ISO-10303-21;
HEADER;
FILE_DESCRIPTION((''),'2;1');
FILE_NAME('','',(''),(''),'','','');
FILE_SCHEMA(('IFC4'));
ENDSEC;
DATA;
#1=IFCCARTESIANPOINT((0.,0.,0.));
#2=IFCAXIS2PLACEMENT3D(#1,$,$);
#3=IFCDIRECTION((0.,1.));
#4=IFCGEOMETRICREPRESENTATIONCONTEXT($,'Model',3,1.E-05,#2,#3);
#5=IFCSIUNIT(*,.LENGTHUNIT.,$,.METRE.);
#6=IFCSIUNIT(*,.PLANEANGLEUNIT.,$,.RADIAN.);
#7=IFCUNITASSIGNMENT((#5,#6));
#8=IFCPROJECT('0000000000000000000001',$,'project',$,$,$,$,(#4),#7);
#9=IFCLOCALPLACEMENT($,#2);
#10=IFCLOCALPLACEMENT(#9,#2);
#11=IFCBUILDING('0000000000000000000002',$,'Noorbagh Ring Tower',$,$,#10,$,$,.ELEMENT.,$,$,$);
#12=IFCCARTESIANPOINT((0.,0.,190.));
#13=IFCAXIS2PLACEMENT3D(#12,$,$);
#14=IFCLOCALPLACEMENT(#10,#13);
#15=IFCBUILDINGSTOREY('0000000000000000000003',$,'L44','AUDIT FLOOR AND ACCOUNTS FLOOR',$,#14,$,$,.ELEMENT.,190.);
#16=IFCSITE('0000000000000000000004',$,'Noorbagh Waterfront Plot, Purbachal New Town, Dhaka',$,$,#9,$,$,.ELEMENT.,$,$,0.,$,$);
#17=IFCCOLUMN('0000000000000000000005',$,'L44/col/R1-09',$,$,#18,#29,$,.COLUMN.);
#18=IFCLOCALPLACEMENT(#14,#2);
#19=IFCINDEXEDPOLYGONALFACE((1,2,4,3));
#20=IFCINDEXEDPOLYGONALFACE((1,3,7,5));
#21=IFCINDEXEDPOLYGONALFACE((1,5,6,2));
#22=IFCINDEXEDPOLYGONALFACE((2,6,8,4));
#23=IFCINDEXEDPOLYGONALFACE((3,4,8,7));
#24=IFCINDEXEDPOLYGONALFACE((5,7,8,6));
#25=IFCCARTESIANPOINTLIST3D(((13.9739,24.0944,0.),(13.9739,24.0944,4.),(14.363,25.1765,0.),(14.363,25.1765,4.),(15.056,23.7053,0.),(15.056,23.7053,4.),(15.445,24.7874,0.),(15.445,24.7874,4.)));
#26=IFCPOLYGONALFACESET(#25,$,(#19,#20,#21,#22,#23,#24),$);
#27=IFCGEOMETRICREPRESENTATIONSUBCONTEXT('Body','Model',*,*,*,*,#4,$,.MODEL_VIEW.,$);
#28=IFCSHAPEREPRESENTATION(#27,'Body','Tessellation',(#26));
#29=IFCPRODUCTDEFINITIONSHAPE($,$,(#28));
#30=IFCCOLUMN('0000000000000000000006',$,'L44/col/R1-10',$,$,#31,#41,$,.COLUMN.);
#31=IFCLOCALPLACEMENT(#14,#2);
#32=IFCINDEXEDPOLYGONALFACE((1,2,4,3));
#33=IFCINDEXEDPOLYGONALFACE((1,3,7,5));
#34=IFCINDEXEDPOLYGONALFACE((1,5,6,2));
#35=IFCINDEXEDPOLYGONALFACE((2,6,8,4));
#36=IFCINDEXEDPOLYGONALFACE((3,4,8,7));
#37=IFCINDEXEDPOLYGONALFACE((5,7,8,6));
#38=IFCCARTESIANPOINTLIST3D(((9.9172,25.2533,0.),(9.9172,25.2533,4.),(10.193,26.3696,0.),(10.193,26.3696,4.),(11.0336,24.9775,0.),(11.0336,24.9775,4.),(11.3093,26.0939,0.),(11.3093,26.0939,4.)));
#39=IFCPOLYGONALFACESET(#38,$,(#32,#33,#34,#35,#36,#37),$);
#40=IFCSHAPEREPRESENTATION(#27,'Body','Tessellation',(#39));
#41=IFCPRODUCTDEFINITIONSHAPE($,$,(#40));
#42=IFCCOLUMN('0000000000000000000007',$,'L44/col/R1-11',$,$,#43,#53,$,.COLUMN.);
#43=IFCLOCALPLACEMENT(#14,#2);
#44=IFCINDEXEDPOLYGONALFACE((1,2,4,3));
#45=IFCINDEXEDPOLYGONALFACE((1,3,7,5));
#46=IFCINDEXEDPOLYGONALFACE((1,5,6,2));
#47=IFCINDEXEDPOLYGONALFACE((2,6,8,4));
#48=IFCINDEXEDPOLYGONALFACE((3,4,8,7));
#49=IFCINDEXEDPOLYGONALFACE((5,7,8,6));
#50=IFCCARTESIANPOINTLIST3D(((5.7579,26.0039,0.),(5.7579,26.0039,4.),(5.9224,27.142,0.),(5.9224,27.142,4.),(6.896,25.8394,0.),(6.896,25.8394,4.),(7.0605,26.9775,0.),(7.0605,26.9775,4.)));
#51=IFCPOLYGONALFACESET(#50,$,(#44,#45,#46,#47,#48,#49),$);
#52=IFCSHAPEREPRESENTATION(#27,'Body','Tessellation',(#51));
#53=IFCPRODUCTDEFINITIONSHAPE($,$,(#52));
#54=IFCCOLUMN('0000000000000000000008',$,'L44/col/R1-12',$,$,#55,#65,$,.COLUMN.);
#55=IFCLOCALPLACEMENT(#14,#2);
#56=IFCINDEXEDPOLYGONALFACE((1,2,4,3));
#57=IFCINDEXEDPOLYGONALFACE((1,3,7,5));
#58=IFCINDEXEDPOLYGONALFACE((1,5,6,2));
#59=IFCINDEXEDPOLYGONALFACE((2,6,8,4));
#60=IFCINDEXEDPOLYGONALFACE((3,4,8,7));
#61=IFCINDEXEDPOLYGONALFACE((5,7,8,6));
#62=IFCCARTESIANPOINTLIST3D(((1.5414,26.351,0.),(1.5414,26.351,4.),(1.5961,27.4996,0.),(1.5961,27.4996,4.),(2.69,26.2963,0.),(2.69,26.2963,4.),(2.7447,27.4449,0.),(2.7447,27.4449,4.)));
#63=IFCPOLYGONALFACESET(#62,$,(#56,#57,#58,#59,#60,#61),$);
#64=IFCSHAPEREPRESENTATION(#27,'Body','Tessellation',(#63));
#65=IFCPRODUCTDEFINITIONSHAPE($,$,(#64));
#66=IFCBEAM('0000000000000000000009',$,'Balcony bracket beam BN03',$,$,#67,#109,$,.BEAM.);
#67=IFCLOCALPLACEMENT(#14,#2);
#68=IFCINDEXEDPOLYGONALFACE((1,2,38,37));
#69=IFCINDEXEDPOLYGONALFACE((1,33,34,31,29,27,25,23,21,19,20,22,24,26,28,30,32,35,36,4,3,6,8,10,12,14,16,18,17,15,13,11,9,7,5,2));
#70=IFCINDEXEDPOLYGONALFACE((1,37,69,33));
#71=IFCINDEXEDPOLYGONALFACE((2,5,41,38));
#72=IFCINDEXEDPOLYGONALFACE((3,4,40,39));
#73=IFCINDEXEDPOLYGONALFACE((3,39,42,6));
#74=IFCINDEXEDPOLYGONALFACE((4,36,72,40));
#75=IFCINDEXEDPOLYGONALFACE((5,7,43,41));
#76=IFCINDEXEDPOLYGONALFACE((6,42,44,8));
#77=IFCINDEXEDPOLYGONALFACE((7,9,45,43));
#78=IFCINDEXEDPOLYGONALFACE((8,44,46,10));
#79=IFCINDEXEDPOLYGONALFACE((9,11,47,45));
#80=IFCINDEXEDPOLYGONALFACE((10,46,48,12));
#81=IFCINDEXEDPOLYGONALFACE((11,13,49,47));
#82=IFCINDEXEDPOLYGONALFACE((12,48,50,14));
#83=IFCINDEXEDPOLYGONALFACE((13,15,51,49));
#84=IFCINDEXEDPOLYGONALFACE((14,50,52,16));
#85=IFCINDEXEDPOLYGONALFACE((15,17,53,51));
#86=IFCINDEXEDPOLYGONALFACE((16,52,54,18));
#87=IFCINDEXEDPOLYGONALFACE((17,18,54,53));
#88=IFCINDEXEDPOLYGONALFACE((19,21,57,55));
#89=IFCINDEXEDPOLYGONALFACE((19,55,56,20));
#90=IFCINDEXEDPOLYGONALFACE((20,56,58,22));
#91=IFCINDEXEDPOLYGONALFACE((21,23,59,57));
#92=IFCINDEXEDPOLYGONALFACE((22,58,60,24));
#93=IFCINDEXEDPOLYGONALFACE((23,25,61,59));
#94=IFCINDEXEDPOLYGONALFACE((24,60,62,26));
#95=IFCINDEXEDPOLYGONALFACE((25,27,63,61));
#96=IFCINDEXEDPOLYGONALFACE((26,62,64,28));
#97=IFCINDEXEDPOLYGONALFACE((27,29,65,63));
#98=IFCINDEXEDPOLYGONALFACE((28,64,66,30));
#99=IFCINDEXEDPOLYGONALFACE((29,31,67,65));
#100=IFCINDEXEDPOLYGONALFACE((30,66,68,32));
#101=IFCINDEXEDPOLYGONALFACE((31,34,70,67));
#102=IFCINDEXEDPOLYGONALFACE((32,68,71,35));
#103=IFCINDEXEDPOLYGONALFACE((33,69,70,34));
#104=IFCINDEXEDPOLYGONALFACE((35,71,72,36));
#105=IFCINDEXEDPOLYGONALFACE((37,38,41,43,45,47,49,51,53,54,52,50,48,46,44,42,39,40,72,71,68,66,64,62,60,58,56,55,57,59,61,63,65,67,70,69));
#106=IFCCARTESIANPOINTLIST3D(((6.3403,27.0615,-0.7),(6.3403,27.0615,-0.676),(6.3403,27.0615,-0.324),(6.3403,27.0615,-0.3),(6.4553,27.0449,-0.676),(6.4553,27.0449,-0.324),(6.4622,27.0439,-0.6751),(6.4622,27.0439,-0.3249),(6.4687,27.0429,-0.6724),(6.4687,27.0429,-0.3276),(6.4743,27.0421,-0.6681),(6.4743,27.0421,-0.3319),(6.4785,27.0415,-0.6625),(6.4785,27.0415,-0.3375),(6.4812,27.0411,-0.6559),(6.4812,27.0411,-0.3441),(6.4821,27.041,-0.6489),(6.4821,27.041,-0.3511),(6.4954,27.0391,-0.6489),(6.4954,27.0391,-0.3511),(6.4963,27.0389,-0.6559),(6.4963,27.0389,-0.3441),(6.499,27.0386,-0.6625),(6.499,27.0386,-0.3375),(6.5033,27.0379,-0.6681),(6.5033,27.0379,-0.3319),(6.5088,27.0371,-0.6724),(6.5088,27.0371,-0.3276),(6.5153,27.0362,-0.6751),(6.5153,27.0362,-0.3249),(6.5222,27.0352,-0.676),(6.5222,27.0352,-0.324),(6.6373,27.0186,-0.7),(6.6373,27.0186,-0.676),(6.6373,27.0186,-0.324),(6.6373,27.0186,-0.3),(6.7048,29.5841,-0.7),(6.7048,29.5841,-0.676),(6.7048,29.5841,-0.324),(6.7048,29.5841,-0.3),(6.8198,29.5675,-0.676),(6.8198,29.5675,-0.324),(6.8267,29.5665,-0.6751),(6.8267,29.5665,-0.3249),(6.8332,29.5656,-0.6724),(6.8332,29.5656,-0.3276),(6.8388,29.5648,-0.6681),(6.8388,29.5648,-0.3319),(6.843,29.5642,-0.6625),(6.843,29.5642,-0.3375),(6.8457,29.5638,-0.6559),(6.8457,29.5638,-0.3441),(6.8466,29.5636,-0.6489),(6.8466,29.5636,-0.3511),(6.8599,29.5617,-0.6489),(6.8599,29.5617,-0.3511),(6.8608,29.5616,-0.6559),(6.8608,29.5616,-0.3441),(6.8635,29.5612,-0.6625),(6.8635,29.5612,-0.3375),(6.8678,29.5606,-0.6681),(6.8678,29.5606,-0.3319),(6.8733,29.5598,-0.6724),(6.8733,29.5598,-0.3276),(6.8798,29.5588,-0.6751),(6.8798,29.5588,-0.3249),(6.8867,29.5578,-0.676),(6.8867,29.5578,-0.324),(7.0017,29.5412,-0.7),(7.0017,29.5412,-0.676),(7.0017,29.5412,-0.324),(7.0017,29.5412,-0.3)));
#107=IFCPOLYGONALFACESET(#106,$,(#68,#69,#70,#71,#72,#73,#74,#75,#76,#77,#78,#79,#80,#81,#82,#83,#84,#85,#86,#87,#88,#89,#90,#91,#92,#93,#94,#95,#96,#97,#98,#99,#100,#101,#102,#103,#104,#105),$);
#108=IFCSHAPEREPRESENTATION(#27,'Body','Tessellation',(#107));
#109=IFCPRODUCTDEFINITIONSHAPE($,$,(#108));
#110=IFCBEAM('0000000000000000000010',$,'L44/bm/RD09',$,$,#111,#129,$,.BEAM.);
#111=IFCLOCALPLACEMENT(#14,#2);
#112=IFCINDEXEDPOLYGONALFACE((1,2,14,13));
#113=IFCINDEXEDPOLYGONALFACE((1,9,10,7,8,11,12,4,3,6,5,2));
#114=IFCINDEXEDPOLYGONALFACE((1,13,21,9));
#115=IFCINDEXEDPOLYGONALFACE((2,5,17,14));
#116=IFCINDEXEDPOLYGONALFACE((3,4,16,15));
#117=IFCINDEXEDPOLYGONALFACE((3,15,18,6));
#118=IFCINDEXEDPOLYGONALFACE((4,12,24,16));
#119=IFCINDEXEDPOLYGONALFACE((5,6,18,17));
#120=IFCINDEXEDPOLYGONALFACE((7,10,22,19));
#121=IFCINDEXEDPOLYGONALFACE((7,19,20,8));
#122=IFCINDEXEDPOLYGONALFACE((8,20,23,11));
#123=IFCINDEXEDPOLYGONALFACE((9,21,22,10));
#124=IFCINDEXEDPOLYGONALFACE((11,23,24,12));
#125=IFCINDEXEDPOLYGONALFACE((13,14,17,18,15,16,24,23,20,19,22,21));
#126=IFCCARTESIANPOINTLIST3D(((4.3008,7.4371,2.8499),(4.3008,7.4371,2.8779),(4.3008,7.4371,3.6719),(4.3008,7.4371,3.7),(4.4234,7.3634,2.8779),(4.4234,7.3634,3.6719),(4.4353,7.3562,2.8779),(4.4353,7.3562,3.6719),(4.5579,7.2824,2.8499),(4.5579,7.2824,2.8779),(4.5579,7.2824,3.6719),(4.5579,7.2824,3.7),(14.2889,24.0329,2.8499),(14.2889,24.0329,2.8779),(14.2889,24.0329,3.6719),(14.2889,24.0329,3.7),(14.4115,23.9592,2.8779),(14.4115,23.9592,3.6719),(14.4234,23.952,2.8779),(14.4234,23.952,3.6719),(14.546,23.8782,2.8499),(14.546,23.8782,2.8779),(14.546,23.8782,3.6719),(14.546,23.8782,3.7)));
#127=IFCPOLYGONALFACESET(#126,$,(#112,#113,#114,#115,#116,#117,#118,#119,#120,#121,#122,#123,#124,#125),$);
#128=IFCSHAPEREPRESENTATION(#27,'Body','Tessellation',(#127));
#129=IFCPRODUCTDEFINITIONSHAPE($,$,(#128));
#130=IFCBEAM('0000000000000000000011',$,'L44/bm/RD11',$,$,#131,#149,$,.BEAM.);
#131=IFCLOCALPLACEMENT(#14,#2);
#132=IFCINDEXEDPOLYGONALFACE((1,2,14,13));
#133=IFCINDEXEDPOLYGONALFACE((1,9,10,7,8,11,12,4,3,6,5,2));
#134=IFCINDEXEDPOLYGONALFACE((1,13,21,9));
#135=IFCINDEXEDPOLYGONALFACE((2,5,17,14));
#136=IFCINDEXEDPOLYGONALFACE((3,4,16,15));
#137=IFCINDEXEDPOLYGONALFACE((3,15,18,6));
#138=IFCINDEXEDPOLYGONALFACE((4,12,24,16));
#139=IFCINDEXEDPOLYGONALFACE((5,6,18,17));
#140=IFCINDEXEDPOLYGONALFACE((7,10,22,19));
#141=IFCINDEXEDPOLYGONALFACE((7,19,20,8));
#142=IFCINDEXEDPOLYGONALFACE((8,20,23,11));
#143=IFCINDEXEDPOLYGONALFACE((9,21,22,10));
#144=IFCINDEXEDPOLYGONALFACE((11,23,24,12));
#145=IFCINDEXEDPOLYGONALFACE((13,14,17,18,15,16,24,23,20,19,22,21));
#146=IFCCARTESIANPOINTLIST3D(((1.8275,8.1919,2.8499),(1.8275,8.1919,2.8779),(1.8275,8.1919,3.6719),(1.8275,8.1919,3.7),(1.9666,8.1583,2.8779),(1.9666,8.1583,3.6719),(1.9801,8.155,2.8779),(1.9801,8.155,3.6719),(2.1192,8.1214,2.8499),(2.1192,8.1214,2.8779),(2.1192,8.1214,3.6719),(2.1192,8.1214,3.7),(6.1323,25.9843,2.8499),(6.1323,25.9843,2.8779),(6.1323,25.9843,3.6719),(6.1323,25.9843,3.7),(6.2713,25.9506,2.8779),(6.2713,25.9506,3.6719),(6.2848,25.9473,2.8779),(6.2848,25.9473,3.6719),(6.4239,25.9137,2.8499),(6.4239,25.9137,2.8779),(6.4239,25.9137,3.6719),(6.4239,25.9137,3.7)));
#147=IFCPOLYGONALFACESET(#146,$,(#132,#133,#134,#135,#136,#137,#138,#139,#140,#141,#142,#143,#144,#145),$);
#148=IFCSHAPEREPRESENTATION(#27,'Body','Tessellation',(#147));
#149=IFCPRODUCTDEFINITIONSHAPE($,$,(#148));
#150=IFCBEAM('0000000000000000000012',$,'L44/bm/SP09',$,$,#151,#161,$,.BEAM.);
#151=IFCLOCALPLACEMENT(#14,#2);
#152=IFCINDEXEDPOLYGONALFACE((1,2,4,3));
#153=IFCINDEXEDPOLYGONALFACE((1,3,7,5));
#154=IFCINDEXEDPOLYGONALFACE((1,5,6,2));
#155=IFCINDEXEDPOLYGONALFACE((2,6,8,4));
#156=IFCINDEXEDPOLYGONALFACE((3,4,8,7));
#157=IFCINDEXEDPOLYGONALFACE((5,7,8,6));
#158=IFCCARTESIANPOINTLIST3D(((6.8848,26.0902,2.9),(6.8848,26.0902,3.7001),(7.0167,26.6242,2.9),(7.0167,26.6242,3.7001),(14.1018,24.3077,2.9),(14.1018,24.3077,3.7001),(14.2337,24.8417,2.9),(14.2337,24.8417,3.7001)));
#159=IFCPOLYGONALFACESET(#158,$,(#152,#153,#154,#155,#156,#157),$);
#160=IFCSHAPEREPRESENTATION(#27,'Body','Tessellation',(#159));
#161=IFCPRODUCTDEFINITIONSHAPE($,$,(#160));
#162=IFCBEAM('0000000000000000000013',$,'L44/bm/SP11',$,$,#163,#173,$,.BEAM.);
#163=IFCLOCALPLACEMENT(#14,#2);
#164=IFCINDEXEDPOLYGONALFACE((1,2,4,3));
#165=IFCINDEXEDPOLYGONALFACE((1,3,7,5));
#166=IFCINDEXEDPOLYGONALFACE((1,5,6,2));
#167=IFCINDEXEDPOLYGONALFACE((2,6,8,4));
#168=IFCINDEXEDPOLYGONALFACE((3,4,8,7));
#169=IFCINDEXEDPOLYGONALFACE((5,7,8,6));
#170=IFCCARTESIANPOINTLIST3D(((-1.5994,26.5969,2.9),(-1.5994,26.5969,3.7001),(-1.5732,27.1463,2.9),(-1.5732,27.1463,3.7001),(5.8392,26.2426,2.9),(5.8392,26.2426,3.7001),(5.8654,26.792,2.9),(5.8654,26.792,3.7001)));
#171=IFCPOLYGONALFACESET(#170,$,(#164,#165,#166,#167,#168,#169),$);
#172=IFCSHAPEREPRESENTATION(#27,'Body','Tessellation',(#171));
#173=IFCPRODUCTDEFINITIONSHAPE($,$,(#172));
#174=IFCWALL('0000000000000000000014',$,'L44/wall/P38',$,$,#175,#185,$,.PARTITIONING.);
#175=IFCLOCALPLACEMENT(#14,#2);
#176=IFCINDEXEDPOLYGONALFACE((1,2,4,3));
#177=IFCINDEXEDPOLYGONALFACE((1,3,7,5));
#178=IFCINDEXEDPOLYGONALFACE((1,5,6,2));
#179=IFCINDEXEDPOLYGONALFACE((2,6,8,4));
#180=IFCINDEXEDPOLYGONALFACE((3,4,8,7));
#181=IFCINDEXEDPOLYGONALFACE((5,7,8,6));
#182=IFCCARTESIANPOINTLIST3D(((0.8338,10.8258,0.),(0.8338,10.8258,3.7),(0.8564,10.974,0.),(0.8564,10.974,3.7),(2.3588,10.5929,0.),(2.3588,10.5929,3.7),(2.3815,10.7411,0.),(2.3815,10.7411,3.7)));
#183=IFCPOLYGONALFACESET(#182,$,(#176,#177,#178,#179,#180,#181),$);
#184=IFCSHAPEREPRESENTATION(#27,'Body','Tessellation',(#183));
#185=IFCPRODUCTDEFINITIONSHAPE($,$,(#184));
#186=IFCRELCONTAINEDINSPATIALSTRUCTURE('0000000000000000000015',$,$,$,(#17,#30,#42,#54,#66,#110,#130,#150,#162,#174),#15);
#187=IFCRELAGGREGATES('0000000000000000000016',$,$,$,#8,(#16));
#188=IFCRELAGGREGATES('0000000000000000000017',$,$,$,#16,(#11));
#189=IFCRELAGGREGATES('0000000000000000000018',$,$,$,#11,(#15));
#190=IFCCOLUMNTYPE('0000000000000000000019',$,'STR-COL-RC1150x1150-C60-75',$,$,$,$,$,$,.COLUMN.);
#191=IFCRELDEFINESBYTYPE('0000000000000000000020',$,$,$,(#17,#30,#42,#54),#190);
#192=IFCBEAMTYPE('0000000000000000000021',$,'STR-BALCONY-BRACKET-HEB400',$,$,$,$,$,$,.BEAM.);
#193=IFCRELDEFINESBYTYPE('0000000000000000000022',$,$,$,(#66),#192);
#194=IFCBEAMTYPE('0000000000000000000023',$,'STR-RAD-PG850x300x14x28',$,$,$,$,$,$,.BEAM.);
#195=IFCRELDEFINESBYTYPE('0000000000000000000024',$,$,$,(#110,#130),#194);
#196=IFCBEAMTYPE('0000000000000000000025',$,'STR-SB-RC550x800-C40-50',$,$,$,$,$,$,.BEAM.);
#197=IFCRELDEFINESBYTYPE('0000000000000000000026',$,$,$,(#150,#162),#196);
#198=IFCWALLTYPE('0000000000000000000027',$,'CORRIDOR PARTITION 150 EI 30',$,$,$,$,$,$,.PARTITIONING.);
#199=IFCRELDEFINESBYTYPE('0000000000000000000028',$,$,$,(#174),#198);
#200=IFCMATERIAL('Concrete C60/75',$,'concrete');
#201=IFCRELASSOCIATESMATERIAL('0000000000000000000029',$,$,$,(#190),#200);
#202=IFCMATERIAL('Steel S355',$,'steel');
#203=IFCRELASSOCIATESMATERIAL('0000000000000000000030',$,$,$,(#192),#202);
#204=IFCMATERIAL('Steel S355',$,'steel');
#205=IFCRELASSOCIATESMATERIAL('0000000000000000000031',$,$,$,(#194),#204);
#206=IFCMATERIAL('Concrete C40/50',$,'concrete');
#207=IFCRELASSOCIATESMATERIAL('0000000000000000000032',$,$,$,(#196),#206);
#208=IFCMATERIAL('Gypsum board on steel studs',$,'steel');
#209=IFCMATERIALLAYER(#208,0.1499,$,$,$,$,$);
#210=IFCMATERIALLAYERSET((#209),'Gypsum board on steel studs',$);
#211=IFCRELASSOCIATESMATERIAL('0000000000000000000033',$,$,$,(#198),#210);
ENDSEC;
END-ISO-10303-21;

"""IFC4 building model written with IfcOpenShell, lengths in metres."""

from ifc_helpers import new_model, si_unit, direction, frame, frame_2d, origin, origin_2d, place, context, subcontext, project, spatial, rectangle, i_section, extrude, material, layer, layer_set, material_profile, profile_set, type_object, element, save


model = new_model("IFC4")

# Units and contexts
model_context = context("Model", 3, precision=1e-05, world=origin(), true_north=direction((0.0, 1.0)))
body_context = subcontext(model_context, "Body", "Model", "MODEL_VIEW")
ifc_project = project(units=[si_unit("LENGTHUNIT", "METRE"), si_unit("PLANEANGLEUNIT", "RADIAN")], contexts=[model_context])

# Site, building, storey
site_placement = place(None, origin())
site = spatial("IfcSite", under=ifc_project, at=site_placement, Name="Noorbagh Waterfront Plot, Purbachal New Town, Dhaka", CompositionType="ELEMENT", RefElevation=0.0)
building_placement = place(site_placement, origin())
building = spatial("IfcBuilding", under=site, at=building_placement, Name="Noorbagh Ring Tower", CompositionType="ELEMENT")
storey_placement = place(building_placement, frame((0.0, 0.0, 190.0)))
storey = spatial("IfcBuildingStorey", under=building, at=storey_placement, Name="L44", Description="AUDIT FLOOR AND ACCOUNTS FLOOR", CompositionType="ELEMENT", Elevation=190.0)

# Columns
ifc_material_1 = material(Name="Concrete C60/75", Category="concrete")
ifc_material_profile_1 = material_profile(ifc_material_1, rectangle(XDim=1.1499, YDim=1.1499, at=origin_2d()), Name="RC1150x1150")
ifc_profile_set_1 = profile_set([ifc_material_profile_1], Name="Concrete C60/75")
column_type = type_object("IfcColumnType", Name="STR-COL-RC1150x1150-C60-75", PredefinedType="COLUMN", material=ifc_profile_set_1)
for number, where, z_axis, x_axis, name in (
    (1, (14.7095, 24.4409, 0.0), (0.0, 0.0, 1.0), (-0.941025, 0.338338, 0.0), "L44/col/R1-09"),
    (2, (10.6133, 25.6736, 0.0), (0.0, 0.0, 1.0), (-0.970829, 0.239771, 0.0), "L44/col/R1-10"),
    (3, (6.4092, 26.4907, 0.0), (0.0, 0.0, 1.0), (-0.989713, 0.143066, 0.0), "L44/col/R1-11"),
    (4, (2.1431, 26.8979, 0.0), (0.0, 0.0, 1.0), (-0.998869, 0.047553, 0.0), "L44/col/R1-12"),
):
    element("IfcColumn", number, at=place(storey_placement, frame(where, z_axis=z_axis, x_axis=x_axis)), inside=storey, type_object=column_type, Name=name, PredefinedType="COLUMN", context=body_context, shape_type="SweptSolid", body=[
        extrude(rectangle(XDim=1.1499, YDim=1.1499, at=origin_2d()), origin(), (0.0, 0.0, 1.0), 4.0),
    ])

# Beams
ifc_material_2 = material(Name="Steel S355", Category="steel")
ifc_material_profile_2 = material_profile(ifc_material_2, i_section(OverallWidth=0.3, OverallDepth=0.3999, WebThickness=0.0134, FlangeThickness=0.0239, FilletRadius=0.0271, at=origin_2d()), Name="HEB400")
ifc_profile_set_2 = profile_set([ifc_material_profile_2], Name="Steel S355")
beam_type_1 = type_object("IfcBeamType", Name="STR-BALCONY-BRACKET-HEB400", PredefinedType="BEAM", material=ifc_profile_set_2)
beam_1_placement = place(storey_placement, frame((6.4888, 27.04, -0.5), z_axis=(0.143004, 0.989722, 0.0), x_axis=(-0.989722, 0.143004, 0.0)))
element("IfcBeam", 5, at=beam_1_placement, inside=storey, type_object=beam_type_1, Name="Balcony bracket beam BN03", PredefinedType="BEAM", context=body_context, shape_type="SweptSolid", body=[
    extrude(i_section(OverallWidth=0.3, OverallDepth=0.3999, WebThickness=0.0134, FlangeThickness=0.0239, FilletRadius=0.0271, at=origin_2d()), origin(), (0.0, 0.0, 1.0), 2.5488),
])
ifc_material_3 = material(Name="Steel S355", Category="steel")
ifc_material_profile_3 = material_profile(ifc_material_3, i_section(OverallWidth=0.3, OverallDepth=0.8501, WebThickness=0.0139, FlangeThickness=0.0281, at=origin_2d()), Name="PG850x300x14x28")
ifc_profile_set_3 = profile_set([ifc_material_profile_3], Name="Steel S355")
beam_type_2 = type_object("IfcBeamType", Name="STR-RAD-PG850x300x14x28", PredefinedType="BEAM", material=ifc_profile_set_3)
beam_2_placement = place(storey_placement, frame((14.4175, 23.9556, 3.2749), z_axis=(-0.515657, -0.856795, 0.0), x_axis=(0.856795, -0.515657, 0.0)))
element("IfcBeam", 6, at=beam_2_placement, inside=storey, type_object=beam_type_2, Name="L44/bm/RD09", PredefinedType="BEAM", context=body_context, shape_type="SweptSolid", body=[
    extrude(i_section(OverallWidth=0.3, OverallDepth=0.8501, WebThickness=0.0139, FlangeThickness=0.0281, at=origin_2d()), origin(), (0.0, 0.0, 1.0), 19.3696),
])
beam_3_placement = place(storey_placement, frame((6.2781, 25.949, 3.2749), z_axis=(-0.235157, -0.971957, 0.0), x_axis=(0.971957, -0.235157, 0.0)))
element("IfcBeam", 7, at=beam_3_placement, inside=storey, type_object=beam_type_2, Name="L44/bm/RD11", PredefinedType="BEAM", context=body_context, shape_type="SweptSolid", body=[
    extrude(i_section(OverallWidth=0.3, OverallDepth=0.8501, WebThickness=0.0139, FlangeThickness=0.0281, at=origin_2d()), origin(), (0.0, 0.0, 1.0), 18.3057),
])
ifc_material_4 = material(Name="Concrete C40/50", Category="concrete")
ifc_material_profile_4 = material_profile(ifc_material_4, rectangle(XDim=0.55, YDim=0.8, at=origin_2d()), Name="RC550x800")
ifc_profile_set_4 = profile_set([ifc_material_profile_4], Name="Concrete C40/50")
beam_type_3 = type_object("IfcBeamType", Name="STR-SB-RC550x800-C40-50", PredefinedType="BEAM", material=ifc_profile_set_4)
beam_4_placement = place(storey_placement, frame((14.1677, 24.5747, 3.3), z_axis=(-0.970828, 0.239776, 0.0), x_axis=(-0.239776, -0.970828, 0.0)))
element("IfcBeam", 8, at=beam_4_placement, inside=storey, type_object=beam_type_3, Name="L44/bm/SP09", PredefinedType="BEAM", context=body_context, shape_type="SweptSolid", body=[
    extrude(rectangle(XDim=0.55, YDim=0.8, at=origin_2d()), origin(), (0.0, 0.0, 1.0), 7.4338),
])
beam_5_placement = place(storey_placement, frame((5.8523, 26.5173, 3.3), z_axis=(-0.998868, 0.04757, 0.0), x_axis=(-0.04757, -0.998868, 0.0)))
element("IfcBeam", 9, at=beam_5_placement, inside=storey, type_object=beam_type_3, Name="L44/bm/SP11", PredefinedType="BEAM", context=body_context, shape_type="SweptSolid", body=[
    extrude(rectangle(XDim=0.55, YDim=0.8, at=origin_2d()), origin(), (0.0, 0.0, 1.0), 7.447),
])

# Wall
ifc_material_5 = material(Name="Gypsum board on steel studs", Category="steel")
ifc_layer_1 = layer(ifc_material_5, 0.1499)
ifc_layer_set_1 = layer_set([ifc_layer_1], Name="Gypsum board on steel studs")
wall_type_1 = type_object("IfcWallType", Name="CORRIDOR PARTITION 150 EI 30", PredefinedType="PARTITIONING", material=ifc_layer_set_1)
wall_1_placement = place(storey_placement, frame((0.845, 10.8999, 0.0), z_axis=(0.0, 0.0, 1.0), x_axis=(0.988539, -0.150963, 0.0)))
element("IfcWall", 10, at=wall_1_placement, inside=storey, type_object=wall_type_1, Name="L44/wall/P38", PredefinedType="PARTITIONING", context=body_context, shape_type="SweptSolid", body=[
    extrude(rectangle(XDim=1.5427, YDim=0.1499, at=frame_2d((0.7715, 0.0))), origin(), (0.0, 0.0, 1.0), 3.7),
])

save(model, "model.ifc")
